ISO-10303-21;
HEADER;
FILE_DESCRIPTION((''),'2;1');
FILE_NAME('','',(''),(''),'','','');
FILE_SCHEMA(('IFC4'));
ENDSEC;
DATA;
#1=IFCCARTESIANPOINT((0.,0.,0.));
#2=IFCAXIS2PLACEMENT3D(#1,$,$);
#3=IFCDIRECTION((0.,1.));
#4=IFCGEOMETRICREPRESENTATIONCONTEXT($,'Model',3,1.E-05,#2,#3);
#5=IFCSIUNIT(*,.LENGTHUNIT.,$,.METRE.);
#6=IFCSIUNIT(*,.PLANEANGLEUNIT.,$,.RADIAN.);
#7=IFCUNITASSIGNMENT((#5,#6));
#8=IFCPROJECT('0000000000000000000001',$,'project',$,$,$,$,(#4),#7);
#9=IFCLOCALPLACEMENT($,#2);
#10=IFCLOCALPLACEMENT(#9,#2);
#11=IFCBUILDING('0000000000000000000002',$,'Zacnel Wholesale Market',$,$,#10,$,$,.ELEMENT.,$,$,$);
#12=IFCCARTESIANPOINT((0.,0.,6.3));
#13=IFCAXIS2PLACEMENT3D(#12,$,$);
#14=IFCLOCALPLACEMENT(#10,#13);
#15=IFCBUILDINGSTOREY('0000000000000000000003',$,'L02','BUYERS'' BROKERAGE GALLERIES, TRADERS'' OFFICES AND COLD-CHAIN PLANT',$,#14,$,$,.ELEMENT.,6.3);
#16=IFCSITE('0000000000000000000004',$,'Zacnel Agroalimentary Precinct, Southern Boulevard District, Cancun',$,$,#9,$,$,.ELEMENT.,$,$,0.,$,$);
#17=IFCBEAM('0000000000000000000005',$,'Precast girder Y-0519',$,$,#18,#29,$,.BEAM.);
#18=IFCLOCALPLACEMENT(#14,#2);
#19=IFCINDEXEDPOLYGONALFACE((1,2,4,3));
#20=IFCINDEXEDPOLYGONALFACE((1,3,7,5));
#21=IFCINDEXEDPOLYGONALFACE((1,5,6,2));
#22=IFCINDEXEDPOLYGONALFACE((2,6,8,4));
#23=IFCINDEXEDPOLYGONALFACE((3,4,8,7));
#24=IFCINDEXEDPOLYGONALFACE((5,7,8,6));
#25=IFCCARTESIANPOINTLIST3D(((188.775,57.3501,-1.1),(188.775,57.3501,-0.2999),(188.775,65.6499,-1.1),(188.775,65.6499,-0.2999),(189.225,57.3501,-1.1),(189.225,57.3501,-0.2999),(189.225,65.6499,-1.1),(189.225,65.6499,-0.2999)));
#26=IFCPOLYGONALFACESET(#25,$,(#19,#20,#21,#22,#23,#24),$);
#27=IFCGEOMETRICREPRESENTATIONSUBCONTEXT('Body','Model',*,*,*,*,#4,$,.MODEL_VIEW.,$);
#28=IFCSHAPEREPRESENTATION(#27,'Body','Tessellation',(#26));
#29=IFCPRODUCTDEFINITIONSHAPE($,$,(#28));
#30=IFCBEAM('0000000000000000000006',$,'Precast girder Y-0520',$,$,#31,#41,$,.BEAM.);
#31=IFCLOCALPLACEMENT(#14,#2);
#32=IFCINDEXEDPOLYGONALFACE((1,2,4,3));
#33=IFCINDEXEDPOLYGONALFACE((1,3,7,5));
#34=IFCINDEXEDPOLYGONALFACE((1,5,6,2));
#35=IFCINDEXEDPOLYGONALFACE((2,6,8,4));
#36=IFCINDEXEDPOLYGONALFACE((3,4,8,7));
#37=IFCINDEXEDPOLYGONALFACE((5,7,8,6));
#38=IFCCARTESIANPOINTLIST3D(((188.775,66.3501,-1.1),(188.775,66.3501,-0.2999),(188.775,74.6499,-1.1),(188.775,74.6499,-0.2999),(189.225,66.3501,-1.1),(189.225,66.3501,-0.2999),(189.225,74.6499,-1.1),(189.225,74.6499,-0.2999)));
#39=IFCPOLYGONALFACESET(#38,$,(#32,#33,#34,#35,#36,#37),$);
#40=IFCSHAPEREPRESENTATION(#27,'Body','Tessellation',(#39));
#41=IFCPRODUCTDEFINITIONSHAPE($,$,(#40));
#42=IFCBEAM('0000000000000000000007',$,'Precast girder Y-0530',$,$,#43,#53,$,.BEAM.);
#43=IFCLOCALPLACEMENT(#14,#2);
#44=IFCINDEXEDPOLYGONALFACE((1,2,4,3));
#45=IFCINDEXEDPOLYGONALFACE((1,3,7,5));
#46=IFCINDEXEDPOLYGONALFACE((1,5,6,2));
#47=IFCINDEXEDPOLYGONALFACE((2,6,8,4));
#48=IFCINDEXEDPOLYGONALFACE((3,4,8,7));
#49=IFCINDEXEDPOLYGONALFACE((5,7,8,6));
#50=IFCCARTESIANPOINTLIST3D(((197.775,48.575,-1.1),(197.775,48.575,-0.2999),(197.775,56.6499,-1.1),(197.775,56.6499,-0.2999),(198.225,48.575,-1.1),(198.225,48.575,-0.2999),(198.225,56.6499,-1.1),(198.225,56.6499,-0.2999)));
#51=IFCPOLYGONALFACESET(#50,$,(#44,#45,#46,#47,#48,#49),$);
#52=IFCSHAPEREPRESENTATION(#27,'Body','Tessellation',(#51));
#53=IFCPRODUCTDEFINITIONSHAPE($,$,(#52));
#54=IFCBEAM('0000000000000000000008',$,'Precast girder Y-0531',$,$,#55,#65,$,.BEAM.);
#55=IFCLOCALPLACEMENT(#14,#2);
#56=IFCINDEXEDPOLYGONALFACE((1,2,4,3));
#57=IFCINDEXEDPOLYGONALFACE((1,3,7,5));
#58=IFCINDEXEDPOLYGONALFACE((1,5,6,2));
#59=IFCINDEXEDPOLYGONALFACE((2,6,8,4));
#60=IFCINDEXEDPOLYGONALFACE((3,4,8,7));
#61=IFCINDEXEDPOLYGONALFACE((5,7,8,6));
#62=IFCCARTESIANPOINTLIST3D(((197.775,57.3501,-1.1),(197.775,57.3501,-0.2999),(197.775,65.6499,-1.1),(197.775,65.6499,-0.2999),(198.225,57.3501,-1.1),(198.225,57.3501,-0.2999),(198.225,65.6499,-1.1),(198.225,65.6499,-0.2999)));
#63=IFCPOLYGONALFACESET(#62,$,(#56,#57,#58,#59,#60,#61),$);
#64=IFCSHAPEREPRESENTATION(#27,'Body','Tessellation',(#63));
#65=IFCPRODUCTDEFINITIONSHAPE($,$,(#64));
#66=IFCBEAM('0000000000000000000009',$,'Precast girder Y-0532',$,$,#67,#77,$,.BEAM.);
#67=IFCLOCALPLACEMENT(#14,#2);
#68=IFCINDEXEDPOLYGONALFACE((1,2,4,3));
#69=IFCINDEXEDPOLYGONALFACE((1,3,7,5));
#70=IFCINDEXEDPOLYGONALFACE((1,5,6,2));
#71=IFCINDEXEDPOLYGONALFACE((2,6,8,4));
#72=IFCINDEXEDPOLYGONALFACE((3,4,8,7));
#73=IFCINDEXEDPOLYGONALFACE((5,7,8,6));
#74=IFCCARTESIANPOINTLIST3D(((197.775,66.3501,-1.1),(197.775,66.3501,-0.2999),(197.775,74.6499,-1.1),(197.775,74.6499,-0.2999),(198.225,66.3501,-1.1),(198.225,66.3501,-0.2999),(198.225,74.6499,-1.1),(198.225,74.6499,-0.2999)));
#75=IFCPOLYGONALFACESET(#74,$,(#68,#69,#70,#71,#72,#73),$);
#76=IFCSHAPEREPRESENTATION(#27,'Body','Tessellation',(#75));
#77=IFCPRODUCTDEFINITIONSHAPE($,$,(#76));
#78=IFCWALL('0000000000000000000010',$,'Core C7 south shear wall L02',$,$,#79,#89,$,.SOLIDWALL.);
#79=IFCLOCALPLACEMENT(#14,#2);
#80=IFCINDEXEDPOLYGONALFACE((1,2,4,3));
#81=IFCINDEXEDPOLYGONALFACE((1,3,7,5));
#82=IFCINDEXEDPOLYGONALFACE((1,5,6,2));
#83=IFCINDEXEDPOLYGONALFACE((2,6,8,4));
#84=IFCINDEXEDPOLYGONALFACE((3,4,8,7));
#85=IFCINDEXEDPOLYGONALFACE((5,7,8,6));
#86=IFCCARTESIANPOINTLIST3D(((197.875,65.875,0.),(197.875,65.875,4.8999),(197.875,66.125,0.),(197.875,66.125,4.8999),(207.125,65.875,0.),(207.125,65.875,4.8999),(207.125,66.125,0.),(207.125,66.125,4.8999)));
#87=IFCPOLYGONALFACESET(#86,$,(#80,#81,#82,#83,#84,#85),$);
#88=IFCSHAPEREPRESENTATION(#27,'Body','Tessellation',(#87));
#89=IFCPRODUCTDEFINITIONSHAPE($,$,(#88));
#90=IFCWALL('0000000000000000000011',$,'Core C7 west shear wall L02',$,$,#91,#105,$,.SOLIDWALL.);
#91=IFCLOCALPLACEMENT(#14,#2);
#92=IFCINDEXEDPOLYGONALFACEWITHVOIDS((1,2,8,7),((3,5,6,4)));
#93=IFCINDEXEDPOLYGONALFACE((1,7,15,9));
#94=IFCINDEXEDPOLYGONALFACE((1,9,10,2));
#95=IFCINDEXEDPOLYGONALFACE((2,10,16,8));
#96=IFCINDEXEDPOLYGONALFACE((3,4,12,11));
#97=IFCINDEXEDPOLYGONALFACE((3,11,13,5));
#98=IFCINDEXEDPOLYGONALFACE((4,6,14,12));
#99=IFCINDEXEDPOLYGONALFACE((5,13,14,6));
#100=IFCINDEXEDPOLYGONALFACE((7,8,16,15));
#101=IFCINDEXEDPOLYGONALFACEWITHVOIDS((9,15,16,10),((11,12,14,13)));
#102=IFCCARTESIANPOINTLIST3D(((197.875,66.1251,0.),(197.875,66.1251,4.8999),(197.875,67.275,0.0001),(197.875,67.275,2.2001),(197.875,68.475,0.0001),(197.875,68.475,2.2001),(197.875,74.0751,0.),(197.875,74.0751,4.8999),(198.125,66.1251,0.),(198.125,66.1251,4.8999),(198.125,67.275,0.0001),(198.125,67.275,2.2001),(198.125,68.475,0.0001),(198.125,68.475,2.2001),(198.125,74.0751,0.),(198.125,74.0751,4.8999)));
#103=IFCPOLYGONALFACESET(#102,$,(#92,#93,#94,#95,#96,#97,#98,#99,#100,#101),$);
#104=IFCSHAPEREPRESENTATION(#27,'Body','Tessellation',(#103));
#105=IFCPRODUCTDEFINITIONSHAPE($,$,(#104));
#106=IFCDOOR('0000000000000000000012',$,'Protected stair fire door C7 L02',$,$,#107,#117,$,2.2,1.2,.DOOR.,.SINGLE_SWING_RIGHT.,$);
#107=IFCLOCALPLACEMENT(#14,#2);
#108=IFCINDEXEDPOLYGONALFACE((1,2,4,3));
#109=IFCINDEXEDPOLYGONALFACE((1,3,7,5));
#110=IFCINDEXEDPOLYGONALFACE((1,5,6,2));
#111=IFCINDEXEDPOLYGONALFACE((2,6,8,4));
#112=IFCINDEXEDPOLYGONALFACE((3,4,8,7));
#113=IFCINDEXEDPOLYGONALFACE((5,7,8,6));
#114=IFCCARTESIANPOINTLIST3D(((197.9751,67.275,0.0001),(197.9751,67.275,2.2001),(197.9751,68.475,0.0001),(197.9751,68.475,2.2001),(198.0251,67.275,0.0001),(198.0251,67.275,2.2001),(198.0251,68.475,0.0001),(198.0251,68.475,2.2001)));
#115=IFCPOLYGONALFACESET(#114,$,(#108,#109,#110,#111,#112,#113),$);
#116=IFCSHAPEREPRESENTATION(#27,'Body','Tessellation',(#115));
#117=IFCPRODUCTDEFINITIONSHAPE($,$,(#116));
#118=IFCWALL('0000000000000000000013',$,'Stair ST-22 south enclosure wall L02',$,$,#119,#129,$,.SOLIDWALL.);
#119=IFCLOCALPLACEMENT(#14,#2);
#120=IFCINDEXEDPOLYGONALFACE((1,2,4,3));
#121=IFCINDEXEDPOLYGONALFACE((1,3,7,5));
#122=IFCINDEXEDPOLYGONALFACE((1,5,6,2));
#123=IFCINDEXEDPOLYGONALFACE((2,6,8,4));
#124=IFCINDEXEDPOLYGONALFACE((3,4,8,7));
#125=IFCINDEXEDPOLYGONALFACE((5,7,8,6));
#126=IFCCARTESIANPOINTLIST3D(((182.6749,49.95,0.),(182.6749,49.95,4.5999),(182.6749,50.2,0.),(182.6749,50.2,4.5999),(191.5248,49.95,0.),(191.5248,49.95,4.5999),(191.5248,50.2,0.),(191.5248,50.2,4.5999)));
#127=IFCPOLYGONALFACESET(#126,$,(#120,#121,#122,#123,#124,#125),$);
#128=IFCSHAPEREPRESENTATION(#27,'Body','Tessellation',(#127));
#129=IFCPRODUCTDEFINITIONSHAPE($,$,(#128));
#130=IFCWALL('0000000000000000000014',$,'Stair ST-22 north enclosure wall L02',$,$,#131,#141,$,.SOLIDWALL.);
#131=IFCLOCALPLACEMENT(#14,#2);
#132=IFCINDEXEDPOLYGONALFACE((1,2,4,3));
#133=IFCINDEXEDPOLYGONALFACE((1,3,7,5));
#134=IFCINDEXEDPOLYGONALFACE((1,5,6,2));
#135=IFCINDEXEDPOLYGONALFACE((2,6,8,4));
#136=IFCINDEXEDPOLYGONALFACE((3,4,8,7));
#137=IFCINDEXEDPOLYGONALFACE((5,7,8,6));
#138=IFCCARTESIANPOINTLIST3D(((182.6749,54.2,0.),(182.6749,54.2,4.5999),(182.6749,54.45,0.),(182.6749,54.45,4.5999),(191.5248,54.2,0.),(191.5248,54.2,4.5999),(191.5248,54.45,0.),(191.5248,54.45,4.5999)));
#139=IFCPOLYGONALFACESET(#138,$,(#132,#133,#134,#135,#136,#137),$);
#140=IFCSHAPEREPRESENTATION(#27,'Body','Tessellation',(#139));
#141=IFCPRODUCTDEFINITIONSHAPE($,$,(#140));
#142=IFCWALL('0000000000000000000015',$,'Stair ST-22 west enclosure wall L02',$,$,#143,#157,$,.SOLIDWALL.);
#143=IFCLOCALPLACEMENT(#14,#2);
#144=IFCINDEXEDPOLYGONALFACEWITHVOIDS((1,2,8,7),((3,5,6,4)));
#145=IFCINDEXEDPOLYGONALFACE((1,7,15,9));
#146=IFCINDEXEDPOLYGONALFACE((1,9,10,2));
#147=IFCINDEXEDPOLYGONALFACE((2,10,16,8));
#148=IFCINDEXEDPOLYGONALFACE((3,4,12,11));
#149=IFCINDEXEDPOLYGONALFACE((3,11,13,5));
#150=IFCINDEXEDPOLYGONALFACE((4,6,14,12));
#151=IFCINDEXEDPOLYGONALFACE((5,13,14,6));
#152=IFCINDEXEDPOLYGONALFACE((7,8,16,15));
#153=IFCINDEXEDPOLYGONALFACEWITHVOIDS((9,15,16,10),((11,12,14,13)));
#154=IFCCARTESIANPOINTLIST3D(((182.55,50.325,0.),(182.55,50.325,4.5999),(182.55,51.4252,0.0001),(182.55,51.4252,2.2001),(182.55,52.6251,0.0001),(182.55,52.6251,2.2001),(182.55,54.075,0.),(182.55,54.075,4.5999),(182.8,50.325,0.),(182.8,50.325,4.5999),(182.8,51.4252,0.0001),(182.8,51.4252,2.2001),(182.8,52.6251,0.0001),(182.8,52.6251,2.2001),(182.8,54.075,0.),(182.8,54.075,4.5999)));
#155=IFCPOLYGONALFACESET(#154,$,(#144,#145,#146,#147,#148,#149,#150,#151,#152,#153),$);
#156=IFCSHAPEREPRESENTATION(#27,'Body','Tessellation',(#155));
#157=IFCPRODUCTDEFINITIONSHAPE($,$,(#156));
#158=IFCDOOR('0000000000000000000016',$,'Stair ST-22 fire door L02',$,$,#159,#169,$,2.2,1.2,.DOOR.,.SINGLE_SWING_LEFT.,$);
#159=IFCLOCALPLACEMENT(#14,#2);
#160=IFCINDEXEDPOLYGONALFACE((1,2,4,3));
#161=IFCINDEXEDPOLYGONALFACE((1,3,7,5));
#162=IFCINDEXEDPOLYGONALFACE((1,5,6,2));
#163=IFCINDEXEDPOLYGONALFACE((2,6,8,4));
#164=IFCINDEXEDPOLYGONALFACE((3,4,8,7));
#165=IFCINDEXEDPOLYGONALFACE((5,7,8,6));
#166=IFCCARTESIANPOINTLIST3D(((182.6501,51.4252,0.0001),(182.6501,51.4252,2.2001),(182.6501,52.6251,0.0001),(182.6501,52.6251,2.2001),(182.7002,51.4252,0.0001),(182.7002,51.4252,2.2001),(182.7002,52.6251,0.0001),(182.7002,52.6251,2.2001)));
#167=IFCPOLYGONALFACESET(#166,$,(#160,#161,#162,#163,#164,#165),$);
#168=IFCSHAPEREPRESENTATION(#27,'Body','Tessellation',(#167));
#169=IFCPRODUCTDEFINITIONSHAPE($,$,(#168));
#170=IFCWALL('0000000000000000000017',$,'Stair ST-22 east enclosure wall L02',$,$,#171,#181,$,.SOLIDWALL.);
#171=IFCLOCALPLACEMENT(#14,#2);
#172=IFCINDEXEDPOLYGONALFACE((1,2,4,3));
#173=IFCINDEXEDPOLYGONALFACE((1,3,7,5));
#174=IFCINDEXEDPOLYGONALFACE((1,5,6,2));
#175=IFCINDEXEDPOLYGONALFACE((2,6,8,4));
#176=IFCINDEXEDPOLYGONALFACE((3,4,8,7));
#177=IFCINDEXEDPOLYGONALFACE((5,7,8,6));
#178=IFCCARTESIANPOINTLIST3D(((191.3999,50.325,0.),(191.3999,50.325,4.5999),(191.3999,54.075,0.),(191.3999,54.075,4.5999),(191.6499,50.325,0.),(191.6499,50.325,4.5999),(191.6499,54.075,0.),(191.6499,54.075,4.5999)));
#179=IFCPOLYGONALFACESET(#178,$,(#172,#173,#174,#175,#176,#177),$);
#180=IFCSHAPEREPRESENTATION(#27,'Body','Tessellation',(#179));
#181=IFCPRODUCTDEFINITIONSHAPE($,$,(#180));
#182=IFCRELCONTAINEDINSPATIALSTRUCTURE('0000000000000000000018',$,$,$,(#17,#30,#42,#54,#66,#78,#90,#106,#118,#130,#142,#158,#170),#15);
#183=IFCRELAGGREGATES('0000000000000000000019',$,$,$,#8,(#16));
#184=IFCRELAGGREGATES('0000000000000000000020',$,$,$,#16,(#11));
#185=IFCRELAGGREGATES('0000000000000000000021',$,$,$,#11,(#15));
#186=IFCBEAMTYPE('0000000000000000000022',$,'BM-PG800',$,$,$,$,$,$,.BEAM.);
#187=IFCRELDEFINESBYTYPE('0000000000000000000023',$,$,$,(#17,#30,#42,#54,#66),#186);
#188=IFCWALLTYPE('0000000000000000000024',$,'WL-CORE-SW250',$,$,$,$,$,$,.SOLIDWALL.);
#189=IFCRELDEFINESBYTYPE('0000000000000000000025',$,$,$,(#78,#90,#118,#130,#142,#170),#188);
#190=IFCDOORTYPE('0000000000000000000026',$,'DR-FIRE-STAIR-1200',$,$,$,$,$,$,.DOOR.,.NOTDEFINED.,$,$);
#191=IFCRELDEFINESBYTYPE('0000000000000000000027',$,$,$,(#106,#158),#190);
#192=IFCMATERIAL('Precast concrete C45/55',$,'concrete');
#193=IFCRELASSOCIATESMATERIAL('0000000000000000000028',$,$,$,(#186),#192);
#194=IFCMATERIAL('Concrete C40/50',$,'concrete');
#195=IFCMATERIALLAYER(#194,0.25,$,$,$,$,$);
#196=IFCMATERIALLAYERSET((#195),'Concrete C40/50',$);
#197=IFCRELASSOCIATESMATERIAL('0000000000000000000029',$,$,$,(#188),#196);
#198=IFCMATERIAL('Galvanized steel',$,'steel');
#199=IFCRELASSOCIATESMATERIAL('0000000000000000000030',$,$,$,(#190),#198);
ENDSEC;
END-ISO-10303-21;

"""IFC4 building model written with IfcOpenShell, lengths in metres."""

from ifc_helpers import new_model, si_unit, direction, frame, frame_2d, origin, origin_2d, place, context, subcontext, project, spatial, rectangle, extrude, material, layer, layer_set, material_profile, profile_set, type_object, element, fill, save


model = new_model("IFC4")

# Units and contexts
model_context = context("Model", 3, precision=1e-05, world=origin(), true_north=direction((0.0, 1.0)))
body_context = subcontext(model_context, "Body", "Model", "MODEL_VIEW")
ifc_project = project(units=[si_unit("LENGTHUNIT", "METRE"), si_unit("PLANEANGLEUNIT", "RADIAN")], contexts=[model_context])

# Site, building, storey
site_placement = place(None, origin())
site = spatial("IfcSite", under=ifc_project, at=site_placement, Name="Zacnel Agroalimentary Precinct, Southern Boulevard District, Cancun", CompositionType="ELEMENT", RefElevation=0.0)
building_placement = place(site_placement, origin())
building = spatial("IfcBuilding", under=site, at=building_placement, Name="Zacnel Wholesale Market", CompositionType="ELEMENT")
storey_placement = place(building_placement, frame((0.0, 0.0, 6.3)))
storey = spatial("IfcBuildingStorey", under=building, at=storey_placement, Name="L02", Description="BUYERS' BROKERAGE GALLERIES, TRADERS' OFFICES AND COLD-CHAIN PLANT", CompositionType="ELEMENT", Elevation=6.3)

# Beams
ifc_material_1 = material(Name="Precast concrete C45/55", Category="concrete")
ifc_material_profile_1 = material_profile(ifc_material_1, rectangle(XDim=0.45, YDim=0.8, at=origin_2d()), Name="PG 450x800")
ifc_profile_set_1 = profile_set([ifc_material_profile_1], Name="Precast concrete C45/55")
beam_type_1 = type_object("IfcBeamType", Name="BM-PG800", PredefinedType="BEAM", material=ifc_profile_set_1)
for number, where, z_axis, x_axis, name in (
    (1, (189.0, 57.3501, -0.7), (0.0, 1.0, 0.0), (-1.0, 0.0, 0.0), "Precast girder Y-0519"),
    (2, (189.0, 66.3501, -0.7), (0.0, 1.0, 0.0), (-1.0, 0.0, 0.0), "Precast girder Y-0520"),
):
    element("IfcBeam", number, at=place(storey_placement, frame(where, z_axis=z_axis, x_axis=x_axis)), inside=storey, type_object=beam_type_1, Name=name, PredefinedType="BEAM", context=body_context, shape_type="SweptSolid", body=[
        extrude(rectangle(XDim=0.45, YDim=0.8, at=origin_2d()), origin(), (0.0, 0.0, 1.0), 8.2998),
    ])
beam_placement = place(storey_placement, frame((198.0, 48.575, -0.7), z_axis=(0.0, 1.0, 0.0), x_axis=(-1.0, 0.0, 0.0)))
element("IfcBeam", 3, at=beam_placement, inside=storey, type_object=beam_type_1, Name="Precast girder Y-0530", PredefinedType="BEAM", context=body_context, shape_type="SweptSolid", body=[
    extrude(rectangle(XDim=0.45, YDim=0.8, at=origin_2d()), origin(), (0.0, 0.0, 1.0), 8.075),
])
for number, where, z_axis, x_axis, name in (
    (4, (198.0, 57.3501, -0.7), (0.0, 1.0, 0.0), (-1.0, 0.0, 0.0), "Precast girder Y-0531"),
    (5, (198.0, 66.3501, -0.7), (0.0, 1.0, 0.0), (-1.0, 0.0, 0.0), "Precast girder Y-0532"),
):
    element("IfcBeam", number, at=place(storey_placement, frame(where, z_axis=z_axis, x_axis=x_axis)), inside=storey, type_object=beam_type_1, Name=name, PredefinedType="BEAM", context=body_context, shape_type="SweptSolid", body=[
        extrude(rectangle(XDim=0.45, YDim=0.8, at=origin_2d()), origin(), (0.0, 0.0, 1.0), 8.2998),
    ])

# Wall
ifc_material_2 = material(Name="Concrete C40/50", Category="concrete")
ifc_layer_1 = layer(ifc_material_2, 0.25)
ifc_layer_set_1 = layer_set([ifc_layer_1], Name="Concrete C40/50")
wall_type_1 = type_object("IfcWallType", Name="WL-CORE-SW250", PredefinedType="SOLIDWALL", material=ifc_layer_set_1)
wall_1_placement = place(storey_placement, frame((197.875, 66.0, 0.0), z_axis=(0.0, 0.0, 1.0), x_axis=(1.0, 0.0, 0.0)))
element("IfcWall", 6, at=wall_1_placement, inside=storey, type_object=wall_type_1, Name="Core C7 south shear wall L02", PredefinedType="SOLIDWALL", context=body_context, shape_type="SweptSolid", body=[
    extrude(rectangle(XDim=9.25, YDim=0.25, at=frame_2d((4.625, 0.0))), origin(), (0.0, 0.0, 1.0), 4.8999),
])

# Wall, opening, door
wall_2_placement = place(storey_placement, frame((198.0, 66.125, 0.0), z_axis=(0.0, 0.0, 1.0), x_axis=(0.0, 1.0, 0.0)))
wall_2 = element("IfcWall", 7, at=wall_2_placement, inside=storey, type_object=wall_type_1, Name="Core C7 west shear wall L02", PredefinedType="SOLIDWALL", context=body_context, shape_type="SweptSolid", body=[
    extrude(rectangle(XDim=7.95, YDim=0.25, at=frame_2d((3.9751, 0.0))), origin(), (0.0, 0.0, 1.0), 4.8999),
])
opening_1_placement = place(wall_2_placement, frame((1.1499, 0.0, 0.0)))
opening_1 = element("IfcOpeningElement", 8, at=opening_1_placement, cuts=wall_2, PredefinedType="OPENING", context=body_context, shape_type="SweptSolid", body=[
    extrude(rectangle(XDim=1.2, YDim=2.2, at=frame_2d((0.6001, 1.1001))), frame((0.0, 0.135, 0.0), z_axis=(0.0, -1.0, 0.0), x_axis=(1.0, 0.0, 0.0)), (0.0, 0.0, 1.0), 0.27),
])
ifc_material_3 = material(Name="Galvanized steel", Category="steel")
door_type_1 = type_object("IfcDoorType", Name="DR-FIRE-STAIR-1200", OperationType="NOTDEFINED", PredefinedType="DOOR", material=ifc_material_3)
door_1_placement = place(opening_1_placement, origin())
door_1 = element("IfcDoor", 9, at=door_1_placement, inside=storey, type_object=door_type_1, Name="Protected stair fire door C7 L02", OperationType="SINGLE_SWING_RIGHT", OverallHeight=2.2, OverallWidth=1.2, PredefinedType="DOOR", context=body_context, shape_type="SweptSolid", body=[
    extrude(rectangle(XDim=1.2, YDim=2.2, at=frame_2d((0.6001, 1.1001))), frame((0.0, 0.0249, 0.0), z_axis=(0.0, -1.0, 0.0), x_axis=(1.0, 0.0, 0.0)), (0.0, 0.0, 1.0), 0.05),
])
fill(opening_1, door_1)

# Walls
for number, where, z_axis, x_axis, name in (
    (10, (182.675, 50.075, 0.0), (0.0, 0.0, 1.0), (1.0, 0.0, 0.0), "Stair ST-22 south enclosure wall L02"),
    (11, (182.675, 54.325, 0.0), (0.0, 0.0, 1.0), (1.0, 0.0, 0.0), "Stair ST-22 north enclosure wall L02"),
):
    element("IfcWall", number, at=place(storey_placement, frame(where, z_axis=z_axis, x_axis=x_axis)), inside=storey, type_object=wall_type_1, Name=name, PredefinedType="SOLIDWALL", context=body_context, shape_type="SweptSolid", body=[
        extrude(rectangle(XDim=8.8499, YDim=0.25, at=frame_2d((4.4248, 0.0))), origin(), (0.0, 0.0, 1.0), 4.5999),
    ])

# Wall, opening, door
wall_3_placement = place(storey_placement, frame((182.675, 50.325, 0.0), z_axis=(0.0, 0.0, 1.0), x_axis=(0.0, 1.0, 0.0)))
wall_3 = element("IfcWall", 12, at=wall_3_placement, inside=storey, type_object=wall_type_1, Name="Stair ST-22 west enclosure wall L02", PredefinedType="SOLIDWALL", context=body_context, shape_type="SweptSolid", body=[
    extrude(rectangle(XDim=3.75, YDim=0.25, at=frame_2d((1.875, 0.0))), origin(), (0.0, 0.0, 1.0), 4.5999),
])
opening_2_placement = place(wall_3_placement, frame((1.1001, 0.0, 0.0)))
opening_2 = element("IfcOpeningElement", 13, at=opening_2_placement, cuts=wall_3, PredefinedType="OPENING", context=body_context, shape_type="SweptSolid", body=[
    extrude(rectangle(XDim=1.2, YDim=2.2, at=frame_2d((0.6001, 1.1001))), frame((0.0, 0.135, 0.0), z_axis=(0.0, -1.0, 0.0), x_axis=(1.0, 0.0, 0.0)), (0.0, 0.0, 1.0), 0.27),
])
door_2_placement = place(opening_2_placement, origin())
door_2 = element("IfcDoor", 14, at=door_2_placement, inside=storey, type_object=door_type_1, Name="Stair ST-22 fire door L02", OperationType="SINGLE_SWING_LEFT", OverallHeight=2.2, OverallWidth=1.2, PredefinedType="DOOR", context=body_context, shape_type="SweptSolid", body=[
    extrude(rectangle(XDim=1.2, YDim=2.2, at=frame_2d((0.6001, 1.1001))), frame((0.0, 0.0249, 0.0), z_axis=(0.0, -1.0, 0.0), x_axis=(1.0, 0.0, 0.0)), (0.0, 0.0, 1.0), 0.05),
])
fill(opening_2, door_2)

# Wall
wall_4_placement = place(storey_placement, frame((191.5249, 50.325, 0.0), z_axis=(0.0, 0.0, 1.0), x_axis=(0.0, 1.0, 0.0)))
element("IfcWall", 15, at=wall_4_placement, inside=storey, type_object=wall_type_1, Name="Stair ST-22 east enclosure wall L02", PredefinedType="SOLIDWALL", context=body_context, shape_type="SweptSolid", body=[
    extrude(rectangle(XDim=3.75, YDim=0.25, at=frame_2d((1.875, 0.0))), origin(), (0.0, 0.0, 1.0), 4.5999),
])

save(model, "model.ifc")
